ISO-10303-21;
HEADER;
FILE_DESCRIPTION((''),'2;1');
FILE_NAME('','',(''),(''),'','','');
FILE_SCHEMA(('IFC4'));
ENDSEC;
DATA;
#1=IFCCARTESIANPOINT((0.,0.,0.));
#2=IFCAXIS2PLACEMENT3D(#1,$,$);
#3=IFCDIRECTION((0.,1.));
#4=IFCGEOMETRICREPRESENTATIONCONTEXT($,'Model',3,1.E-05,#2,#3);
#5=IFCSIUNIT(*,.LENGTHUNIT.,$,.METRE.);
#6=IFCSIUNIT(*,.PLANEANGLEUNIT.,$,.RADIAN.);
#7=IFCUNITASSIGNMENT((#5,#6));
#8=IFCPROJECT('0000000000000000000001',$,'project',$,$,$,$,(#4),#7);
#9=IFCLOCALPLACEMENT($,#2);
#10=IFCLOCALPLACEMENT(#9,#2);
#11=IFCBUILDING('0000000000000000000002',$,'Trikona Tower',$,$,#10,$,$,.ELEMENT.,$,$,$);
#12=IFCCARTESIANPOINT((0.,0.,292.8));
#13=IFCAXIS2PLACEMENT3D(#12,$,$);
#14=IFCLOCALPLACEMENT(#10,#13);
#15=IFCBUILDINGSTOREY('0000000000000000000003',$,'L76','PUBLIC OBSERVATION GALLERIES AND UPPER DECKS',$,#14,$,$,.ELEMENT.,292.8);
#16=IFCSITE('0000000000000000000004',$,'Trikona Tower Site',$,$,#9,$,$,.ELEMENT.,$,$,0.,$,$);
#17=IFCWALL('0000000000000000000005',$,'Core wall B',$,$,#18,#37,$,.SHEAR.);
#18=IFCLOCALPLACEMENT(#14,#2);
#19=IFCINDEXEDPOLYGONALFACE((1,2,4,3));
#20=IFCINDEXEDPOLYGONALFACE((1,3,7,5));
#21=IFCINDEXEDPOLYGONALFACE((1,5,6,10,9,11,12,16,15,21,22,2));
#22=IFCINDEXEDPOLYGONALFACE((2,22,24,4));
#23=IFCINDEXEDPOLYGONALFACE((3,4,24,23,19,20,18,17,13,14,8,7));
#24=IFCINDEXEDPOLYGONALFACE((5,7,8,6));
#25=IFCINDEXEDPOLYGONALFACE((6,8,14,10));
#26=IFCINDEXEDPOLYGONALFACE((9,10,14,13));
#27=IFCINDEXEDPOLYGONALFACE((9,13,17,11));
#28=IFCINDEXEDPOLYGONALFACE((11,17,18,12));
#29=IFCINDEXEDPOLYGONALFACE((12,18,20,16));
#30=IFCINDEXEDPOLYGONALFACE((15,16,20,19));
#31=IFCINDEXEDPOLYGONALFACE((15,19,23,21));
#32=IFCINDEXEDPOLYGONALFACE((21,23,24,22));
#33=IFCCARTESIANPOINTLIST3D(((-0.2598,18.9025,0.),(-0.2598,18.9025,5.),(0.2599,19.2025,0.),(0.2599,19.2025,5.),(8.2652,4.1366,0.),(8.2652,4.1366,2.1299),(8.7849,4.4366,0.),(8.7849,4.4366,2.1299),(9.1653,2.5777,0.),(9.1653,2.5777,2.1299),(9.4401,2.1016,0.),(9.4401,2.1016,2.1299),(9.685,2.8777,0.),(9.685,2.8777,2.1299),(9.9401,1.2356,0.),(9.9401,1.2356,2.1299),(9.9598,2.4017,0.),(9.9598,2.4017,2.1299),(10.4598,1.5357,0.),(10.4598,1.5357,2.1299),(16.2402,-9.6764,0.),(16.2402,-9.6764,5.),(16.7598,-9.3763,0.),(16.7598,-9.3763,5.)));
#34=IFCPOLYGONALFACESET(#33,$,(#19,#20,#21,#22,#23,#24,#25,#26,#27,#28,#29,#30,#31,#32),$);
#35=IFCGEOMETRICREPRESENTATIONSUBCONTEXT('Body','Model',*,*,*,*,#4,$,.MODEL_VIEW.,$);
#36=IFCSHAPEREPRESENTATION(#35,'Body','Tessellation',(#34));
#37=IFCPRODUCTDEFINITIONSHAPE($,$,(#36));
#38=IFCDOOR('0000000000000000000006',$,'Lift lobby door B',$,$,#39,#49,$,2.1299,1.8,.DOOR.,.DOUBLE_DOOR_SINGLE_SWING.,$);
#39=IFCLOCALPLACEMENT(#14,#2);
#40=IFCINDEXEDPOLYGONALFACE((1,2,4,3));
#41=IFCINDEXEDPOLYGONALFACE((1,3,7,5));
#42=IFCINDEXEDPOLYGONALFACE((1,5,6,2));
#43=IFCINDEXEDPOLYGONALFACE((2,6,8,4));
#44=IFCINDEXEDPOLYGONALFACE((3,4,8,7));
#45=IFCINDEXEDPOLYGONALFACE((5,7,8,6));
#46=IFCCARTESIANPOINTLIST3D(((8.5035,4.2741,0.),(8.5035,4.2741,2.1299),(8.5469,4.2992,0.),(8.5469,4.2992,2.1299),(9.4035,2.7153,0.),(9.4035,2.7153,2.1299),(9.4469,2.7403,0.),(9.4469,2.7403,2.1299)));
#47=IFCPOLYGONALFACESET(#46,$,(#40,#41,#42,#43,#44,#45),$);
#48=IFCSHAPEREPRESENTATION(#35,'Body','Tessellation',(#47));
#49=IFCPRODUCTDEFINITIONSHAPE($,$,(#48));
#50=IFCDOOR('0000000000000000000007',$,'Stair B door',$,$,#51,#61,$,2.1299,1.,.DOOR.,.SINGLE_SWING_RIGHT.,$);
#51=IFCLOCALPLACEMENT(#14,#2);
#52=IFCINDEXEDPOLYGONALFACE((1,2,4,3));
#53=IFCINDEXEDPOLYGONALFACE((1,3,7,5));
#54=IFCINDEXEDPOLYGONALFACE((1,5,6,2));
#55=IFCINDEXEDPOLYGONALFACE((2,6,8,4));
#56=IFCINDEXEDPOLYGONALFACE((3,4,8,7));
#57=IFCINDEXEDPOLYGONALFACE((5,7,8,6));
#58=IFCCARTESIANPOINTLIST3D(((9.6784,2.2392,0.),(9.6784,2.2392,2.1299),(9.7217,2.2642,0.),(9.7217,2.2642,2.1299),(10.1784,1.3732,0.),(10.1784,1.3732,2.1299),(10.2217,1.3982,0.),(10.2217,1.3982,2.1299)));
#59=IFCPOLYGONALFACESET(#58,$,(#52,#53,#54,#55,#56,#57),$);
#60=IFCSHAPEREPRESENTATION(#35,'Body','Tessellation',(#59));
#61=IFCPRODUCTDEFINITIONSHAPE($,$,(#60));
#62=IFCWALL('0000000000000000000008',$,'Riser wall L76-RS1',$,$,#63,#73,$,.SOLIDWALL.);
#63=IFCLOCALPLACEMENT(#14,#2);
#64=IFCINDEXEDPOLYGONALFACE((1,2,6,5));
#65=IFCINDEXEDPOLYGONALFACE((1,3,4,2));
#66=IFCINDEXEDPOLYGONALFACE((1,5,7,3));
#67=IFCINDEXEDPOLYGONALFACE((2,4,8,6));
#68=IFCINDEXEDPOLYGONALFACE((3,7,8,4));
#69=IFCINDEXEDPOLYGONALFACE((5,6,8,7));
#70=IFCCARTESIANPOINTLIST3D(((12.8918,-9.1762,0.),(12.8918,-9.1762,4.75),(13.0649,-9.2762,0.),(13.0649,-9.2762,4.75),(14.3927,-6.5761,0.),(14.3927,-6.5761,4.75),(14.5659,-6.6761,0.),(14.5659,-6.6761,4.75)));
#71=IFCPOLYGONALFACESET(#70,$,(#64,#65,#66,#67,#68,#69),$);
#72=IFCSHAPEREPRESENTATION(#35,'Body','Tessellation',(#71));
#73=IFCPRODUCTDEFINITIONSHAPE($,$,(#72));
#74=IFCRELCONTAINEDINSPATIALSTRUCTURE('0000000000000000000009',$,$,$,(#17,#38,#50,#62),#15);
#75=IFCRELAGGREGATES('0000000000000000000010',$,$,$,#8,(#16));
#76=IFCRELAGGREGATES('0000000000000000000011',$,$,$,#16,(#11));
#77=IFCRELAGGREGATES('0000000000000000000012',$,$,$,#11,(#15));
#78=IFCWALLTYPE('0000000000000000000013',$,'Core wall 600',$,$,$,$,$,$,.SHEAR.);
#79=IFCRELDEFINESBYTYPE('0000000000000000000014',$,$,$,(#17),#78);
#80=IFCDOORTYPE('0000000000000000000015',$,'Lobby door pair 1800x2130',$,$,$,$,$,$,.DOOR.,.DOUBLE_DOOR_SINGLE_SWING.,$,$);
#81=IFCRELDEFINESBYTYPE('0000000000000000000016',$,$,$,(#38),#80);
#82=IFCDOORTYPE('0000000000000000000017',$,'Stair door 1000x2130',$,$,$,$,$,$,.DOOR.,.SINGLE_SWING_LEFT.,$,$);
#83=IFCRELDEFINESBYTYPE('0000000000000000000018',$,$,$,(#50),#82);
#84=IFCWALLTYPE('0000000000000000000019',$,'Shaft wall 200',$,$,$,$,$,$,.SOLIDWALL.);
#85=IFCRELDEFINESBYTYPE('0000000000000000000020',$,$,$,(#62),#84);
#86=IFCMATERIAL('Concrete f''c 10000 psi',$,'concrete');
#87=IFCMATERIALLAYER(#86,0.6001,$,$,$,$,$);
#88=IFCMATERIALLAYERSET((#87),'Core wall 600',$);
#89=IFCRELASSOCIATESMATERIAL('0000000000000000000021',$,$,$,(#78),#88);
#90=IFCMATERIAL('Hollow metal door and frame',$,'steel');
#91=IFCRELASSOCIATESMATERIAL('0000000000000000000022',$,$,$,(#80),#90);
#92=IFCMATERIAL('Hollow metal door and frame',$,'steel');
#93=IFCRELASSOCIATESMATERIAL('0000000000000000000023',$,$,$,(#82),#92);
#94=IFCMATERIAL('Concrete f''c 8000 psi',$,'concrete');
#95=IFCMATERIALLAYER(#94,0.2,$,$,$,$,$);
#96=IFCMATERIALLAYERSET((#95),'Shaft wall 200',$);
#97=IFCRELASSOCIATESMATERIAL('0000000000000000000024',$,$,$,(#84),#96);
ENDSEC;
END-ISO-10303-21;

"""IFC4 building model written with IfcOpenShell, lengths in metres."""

from ifc_helpers import new_model, si_unit, direction, frame, frame_2d, origin, place, context, subcontext, project, spatial, rectangle, extrude, material, layer, layer_set, type_object, element, fill, save


model = new_model("IFC4")

# Units and contexts
model_context = context("Model", 3, precision=1e-05, world=origin(), true_north=direction((0.0, 1.0)))
body_context = subcontext(model_context, "Body", "Model", "MODEL_VIEW")
ifc_project = project(units=[si_unit("LENGTHUNIT", "METRE"), si_unit("PLANEANGLEUNIT", "RADIAN")], contexts=[model_context])

# Site, building, storey
site_placement = place(None, origin())
site = spatial("IfcSite", under=ifc_project, at=site_placement, Name="Trikona Tower Site", CompositionType="ELEMENT", RefElevation=0.0)
building_placement = place(site_placement, origin())
building = spatial("IfcBuilding", under=site, at=building_placement, Name="Trikona Tower", CompositionType="ELEMENT")
storey_placement = place(building_placement, frame((0.0, 0.0, 292.8)))
storey = spatial("IfcBuildingStorey", under=building, at=storey_placement, Name="L76", Description="PUBLIC OBSERVATION GALLERIES AND UPPER DECKS", CompositionType="ELEMENT", Elevation=292.8)

# Wall, openings, doors
ifc_material_1 = material(Name="Concrete f'c 10000 psi", Category="concrete")
ifc_layer_1 = layer(ifc_material_1, 0.6001)
ifc_layer_set_1 = layer_set([ifc_layer_1], Name="Core wall 600")
wall_type_1 = type_object("IfcWallType", Name="Core wall 600", PredefinedType="SHEAR", material=ifc_layer_set_1)
wall_1_placement = place(storey_placement, frame((16.5, -9.5264, 0.0), z_axis=(0.0, 0.0, 1.0), x_axis=(-0.5, 0.866026, 0.0)))
wall_1 = element("IfcWall", 1, at=wall_1_placement, inside=storey, type_object=wall_type_1, Name="Core wall B", PredefinedType="SHEAR", context=body_context, shape_type="SweptSolid", body=[
    extrude(rectangle(XDim=33.0, YDim=0.6001, at=frame_2d((16.5, 0.0))), origin(), (0.0, 0.0, 1.0), 5.0),
])
opening_1_placement = place(wall_1_placement, frame((14.1499, 0.0, 0.0)))
opening_1 = element("IfcOpeningElement", 2, at=opening_1_placement, cuts=wall_1, PredefinedType="OPENING", context=body_context, shape_type="SweptSolid", body=[
    extrude(rectangle(XDim=1.8, YDim=2.1299, at=frame_2d((0.8999, 1.0649))), frame((0.0, 0.3101, 0.0), z_axis=(0.0, -1.0, 0.0), x_axis=(1.0, 0.0, 0.0)), (0.0, 0.0, 1.0), 0.6201),
])
opening_2_placement = place(wall_1_placement, frame((12.6001, 0.0, 0.0)))
opening_2 = element("IfcOpeningElement", 3, at=opening_2_placement, cuts=wall_1, PredefinedType="OPENING", context=body_context, shape_type="SweptSolid", body=[
    extrude(rectangle(XDim=1.0, YDim=2.1299, at=frame_2d((0.5, 1.0649))), frame((0.0, 0.3101, 0.0), z_axis=(0.0, -1.0, 0.0), x_axis=(1.0, 0.0, 0.0)), (0.0, 0.0, 1.0), 0.6201),
])
ifc_material_2 = material(Name="Hollow metal door and frame", Category="steel")
door_type_1 = type_object("IfcDoorType", Name="Lobby door pair 1800x2130", OperationType="DOUBLE_DOOR_SINGLE_SWING", PredefinedType="DOOR", material=ifc_material_2)
door_1_placement = place(opening_1_placement, origin())
door_1 = element("IfcDoor", 4, at=door_1_placement, inside=storey, type_object=door_type_1, Name="Lift lobby door B", OperationType="DOUBLE_DOOR_SINGLE_SWING", OverallHeight=2.1299, OverallWidth=1.8, PredefinedType="DOOR", context=body_context, shape_type="SweptSolid", body=[
    extrude(rectangle(XDim=1.8, YDim=2.1299, at=frame_2d((0.8999, 1.0649))), frame((0.0, 0.0249, 0.0), z_axis=(0.0, -1.0, 0.0), x_axis=(1.0, 0.0, 0.0)), (0.0, 0.0, 1.0), 0.05),
])
fill(opening_1, door_1)
ifc_material_3 = material(Name="Hollow metal door and frame", Category="steel")
door_type_2 = type_object("IfcDoorType", Name="Stair door 1000x2130", OperationType="SINGLE_SWING_LEFT", PredefinedType="DOOR", material=ifc_material_3)
door_2_placement = place(opening_2_placement, origin())
door_2 = element("IfcDoor", 5, at=door_2_placement, inside=storey, type_object=door_type_2, Name="Stair B door", OperationType="SINGLE_SWING_RIGHT", OverallHeight=2.1299, OverallWidth=1.0, PredefinedType="DOOR", context=body_context, shape_type="SweptSolid", body=[
    extrude(rectangle(XDim=1.0, YDim=2.1299, at=frame_2d((0.5, 1.0649))), frame((0.0, 0.0249, 0.0), z_axis=(0.0, -1.0, 0.0), x_axis=(1.0, 0.0, 0.0)), (0.0, 0.0, 1.0), 0.05),
])
fill(opening_2, door_2)

# Wall
ifc_material_4 = material(Name="Concrete f'c 8000 psi", Category="concrete")
ifc_layer_2 = layer(ifc_material_4, 0.2)
ifc_layer_set_2 = layer_set([ifc_layer_2], Name="Shaft wall 200")
wall_type_2 = type_object("IfcWallType", Name="Shaft wall 200", PredefinedType="SOLIDWALL", material=ifc_layer_set_2)
wall_2_placement = place(storey_placement, frame((14.4792, -6.6262, 0.0), z_axis=(0.0, 0.0, 1.0), x_axis=(-0.499952, -0.866053, 0.0)))
element("IfcWall", 6, at=wall_2_placement, inside=storey, type_object=wall_type_2, Name="Riser wall L76-RS1", PredefinedType="SOLIDWALL", context=body_context, shape_type="SweptSolid", body=[
    extrude(rectangle(XDim=3.0022, YDim=0.2, at=frame_2d((1.501, 0.0))), origin(), (0.0, 0.0, 1.0), 4.75),
])

save(model, "model.ifc")
